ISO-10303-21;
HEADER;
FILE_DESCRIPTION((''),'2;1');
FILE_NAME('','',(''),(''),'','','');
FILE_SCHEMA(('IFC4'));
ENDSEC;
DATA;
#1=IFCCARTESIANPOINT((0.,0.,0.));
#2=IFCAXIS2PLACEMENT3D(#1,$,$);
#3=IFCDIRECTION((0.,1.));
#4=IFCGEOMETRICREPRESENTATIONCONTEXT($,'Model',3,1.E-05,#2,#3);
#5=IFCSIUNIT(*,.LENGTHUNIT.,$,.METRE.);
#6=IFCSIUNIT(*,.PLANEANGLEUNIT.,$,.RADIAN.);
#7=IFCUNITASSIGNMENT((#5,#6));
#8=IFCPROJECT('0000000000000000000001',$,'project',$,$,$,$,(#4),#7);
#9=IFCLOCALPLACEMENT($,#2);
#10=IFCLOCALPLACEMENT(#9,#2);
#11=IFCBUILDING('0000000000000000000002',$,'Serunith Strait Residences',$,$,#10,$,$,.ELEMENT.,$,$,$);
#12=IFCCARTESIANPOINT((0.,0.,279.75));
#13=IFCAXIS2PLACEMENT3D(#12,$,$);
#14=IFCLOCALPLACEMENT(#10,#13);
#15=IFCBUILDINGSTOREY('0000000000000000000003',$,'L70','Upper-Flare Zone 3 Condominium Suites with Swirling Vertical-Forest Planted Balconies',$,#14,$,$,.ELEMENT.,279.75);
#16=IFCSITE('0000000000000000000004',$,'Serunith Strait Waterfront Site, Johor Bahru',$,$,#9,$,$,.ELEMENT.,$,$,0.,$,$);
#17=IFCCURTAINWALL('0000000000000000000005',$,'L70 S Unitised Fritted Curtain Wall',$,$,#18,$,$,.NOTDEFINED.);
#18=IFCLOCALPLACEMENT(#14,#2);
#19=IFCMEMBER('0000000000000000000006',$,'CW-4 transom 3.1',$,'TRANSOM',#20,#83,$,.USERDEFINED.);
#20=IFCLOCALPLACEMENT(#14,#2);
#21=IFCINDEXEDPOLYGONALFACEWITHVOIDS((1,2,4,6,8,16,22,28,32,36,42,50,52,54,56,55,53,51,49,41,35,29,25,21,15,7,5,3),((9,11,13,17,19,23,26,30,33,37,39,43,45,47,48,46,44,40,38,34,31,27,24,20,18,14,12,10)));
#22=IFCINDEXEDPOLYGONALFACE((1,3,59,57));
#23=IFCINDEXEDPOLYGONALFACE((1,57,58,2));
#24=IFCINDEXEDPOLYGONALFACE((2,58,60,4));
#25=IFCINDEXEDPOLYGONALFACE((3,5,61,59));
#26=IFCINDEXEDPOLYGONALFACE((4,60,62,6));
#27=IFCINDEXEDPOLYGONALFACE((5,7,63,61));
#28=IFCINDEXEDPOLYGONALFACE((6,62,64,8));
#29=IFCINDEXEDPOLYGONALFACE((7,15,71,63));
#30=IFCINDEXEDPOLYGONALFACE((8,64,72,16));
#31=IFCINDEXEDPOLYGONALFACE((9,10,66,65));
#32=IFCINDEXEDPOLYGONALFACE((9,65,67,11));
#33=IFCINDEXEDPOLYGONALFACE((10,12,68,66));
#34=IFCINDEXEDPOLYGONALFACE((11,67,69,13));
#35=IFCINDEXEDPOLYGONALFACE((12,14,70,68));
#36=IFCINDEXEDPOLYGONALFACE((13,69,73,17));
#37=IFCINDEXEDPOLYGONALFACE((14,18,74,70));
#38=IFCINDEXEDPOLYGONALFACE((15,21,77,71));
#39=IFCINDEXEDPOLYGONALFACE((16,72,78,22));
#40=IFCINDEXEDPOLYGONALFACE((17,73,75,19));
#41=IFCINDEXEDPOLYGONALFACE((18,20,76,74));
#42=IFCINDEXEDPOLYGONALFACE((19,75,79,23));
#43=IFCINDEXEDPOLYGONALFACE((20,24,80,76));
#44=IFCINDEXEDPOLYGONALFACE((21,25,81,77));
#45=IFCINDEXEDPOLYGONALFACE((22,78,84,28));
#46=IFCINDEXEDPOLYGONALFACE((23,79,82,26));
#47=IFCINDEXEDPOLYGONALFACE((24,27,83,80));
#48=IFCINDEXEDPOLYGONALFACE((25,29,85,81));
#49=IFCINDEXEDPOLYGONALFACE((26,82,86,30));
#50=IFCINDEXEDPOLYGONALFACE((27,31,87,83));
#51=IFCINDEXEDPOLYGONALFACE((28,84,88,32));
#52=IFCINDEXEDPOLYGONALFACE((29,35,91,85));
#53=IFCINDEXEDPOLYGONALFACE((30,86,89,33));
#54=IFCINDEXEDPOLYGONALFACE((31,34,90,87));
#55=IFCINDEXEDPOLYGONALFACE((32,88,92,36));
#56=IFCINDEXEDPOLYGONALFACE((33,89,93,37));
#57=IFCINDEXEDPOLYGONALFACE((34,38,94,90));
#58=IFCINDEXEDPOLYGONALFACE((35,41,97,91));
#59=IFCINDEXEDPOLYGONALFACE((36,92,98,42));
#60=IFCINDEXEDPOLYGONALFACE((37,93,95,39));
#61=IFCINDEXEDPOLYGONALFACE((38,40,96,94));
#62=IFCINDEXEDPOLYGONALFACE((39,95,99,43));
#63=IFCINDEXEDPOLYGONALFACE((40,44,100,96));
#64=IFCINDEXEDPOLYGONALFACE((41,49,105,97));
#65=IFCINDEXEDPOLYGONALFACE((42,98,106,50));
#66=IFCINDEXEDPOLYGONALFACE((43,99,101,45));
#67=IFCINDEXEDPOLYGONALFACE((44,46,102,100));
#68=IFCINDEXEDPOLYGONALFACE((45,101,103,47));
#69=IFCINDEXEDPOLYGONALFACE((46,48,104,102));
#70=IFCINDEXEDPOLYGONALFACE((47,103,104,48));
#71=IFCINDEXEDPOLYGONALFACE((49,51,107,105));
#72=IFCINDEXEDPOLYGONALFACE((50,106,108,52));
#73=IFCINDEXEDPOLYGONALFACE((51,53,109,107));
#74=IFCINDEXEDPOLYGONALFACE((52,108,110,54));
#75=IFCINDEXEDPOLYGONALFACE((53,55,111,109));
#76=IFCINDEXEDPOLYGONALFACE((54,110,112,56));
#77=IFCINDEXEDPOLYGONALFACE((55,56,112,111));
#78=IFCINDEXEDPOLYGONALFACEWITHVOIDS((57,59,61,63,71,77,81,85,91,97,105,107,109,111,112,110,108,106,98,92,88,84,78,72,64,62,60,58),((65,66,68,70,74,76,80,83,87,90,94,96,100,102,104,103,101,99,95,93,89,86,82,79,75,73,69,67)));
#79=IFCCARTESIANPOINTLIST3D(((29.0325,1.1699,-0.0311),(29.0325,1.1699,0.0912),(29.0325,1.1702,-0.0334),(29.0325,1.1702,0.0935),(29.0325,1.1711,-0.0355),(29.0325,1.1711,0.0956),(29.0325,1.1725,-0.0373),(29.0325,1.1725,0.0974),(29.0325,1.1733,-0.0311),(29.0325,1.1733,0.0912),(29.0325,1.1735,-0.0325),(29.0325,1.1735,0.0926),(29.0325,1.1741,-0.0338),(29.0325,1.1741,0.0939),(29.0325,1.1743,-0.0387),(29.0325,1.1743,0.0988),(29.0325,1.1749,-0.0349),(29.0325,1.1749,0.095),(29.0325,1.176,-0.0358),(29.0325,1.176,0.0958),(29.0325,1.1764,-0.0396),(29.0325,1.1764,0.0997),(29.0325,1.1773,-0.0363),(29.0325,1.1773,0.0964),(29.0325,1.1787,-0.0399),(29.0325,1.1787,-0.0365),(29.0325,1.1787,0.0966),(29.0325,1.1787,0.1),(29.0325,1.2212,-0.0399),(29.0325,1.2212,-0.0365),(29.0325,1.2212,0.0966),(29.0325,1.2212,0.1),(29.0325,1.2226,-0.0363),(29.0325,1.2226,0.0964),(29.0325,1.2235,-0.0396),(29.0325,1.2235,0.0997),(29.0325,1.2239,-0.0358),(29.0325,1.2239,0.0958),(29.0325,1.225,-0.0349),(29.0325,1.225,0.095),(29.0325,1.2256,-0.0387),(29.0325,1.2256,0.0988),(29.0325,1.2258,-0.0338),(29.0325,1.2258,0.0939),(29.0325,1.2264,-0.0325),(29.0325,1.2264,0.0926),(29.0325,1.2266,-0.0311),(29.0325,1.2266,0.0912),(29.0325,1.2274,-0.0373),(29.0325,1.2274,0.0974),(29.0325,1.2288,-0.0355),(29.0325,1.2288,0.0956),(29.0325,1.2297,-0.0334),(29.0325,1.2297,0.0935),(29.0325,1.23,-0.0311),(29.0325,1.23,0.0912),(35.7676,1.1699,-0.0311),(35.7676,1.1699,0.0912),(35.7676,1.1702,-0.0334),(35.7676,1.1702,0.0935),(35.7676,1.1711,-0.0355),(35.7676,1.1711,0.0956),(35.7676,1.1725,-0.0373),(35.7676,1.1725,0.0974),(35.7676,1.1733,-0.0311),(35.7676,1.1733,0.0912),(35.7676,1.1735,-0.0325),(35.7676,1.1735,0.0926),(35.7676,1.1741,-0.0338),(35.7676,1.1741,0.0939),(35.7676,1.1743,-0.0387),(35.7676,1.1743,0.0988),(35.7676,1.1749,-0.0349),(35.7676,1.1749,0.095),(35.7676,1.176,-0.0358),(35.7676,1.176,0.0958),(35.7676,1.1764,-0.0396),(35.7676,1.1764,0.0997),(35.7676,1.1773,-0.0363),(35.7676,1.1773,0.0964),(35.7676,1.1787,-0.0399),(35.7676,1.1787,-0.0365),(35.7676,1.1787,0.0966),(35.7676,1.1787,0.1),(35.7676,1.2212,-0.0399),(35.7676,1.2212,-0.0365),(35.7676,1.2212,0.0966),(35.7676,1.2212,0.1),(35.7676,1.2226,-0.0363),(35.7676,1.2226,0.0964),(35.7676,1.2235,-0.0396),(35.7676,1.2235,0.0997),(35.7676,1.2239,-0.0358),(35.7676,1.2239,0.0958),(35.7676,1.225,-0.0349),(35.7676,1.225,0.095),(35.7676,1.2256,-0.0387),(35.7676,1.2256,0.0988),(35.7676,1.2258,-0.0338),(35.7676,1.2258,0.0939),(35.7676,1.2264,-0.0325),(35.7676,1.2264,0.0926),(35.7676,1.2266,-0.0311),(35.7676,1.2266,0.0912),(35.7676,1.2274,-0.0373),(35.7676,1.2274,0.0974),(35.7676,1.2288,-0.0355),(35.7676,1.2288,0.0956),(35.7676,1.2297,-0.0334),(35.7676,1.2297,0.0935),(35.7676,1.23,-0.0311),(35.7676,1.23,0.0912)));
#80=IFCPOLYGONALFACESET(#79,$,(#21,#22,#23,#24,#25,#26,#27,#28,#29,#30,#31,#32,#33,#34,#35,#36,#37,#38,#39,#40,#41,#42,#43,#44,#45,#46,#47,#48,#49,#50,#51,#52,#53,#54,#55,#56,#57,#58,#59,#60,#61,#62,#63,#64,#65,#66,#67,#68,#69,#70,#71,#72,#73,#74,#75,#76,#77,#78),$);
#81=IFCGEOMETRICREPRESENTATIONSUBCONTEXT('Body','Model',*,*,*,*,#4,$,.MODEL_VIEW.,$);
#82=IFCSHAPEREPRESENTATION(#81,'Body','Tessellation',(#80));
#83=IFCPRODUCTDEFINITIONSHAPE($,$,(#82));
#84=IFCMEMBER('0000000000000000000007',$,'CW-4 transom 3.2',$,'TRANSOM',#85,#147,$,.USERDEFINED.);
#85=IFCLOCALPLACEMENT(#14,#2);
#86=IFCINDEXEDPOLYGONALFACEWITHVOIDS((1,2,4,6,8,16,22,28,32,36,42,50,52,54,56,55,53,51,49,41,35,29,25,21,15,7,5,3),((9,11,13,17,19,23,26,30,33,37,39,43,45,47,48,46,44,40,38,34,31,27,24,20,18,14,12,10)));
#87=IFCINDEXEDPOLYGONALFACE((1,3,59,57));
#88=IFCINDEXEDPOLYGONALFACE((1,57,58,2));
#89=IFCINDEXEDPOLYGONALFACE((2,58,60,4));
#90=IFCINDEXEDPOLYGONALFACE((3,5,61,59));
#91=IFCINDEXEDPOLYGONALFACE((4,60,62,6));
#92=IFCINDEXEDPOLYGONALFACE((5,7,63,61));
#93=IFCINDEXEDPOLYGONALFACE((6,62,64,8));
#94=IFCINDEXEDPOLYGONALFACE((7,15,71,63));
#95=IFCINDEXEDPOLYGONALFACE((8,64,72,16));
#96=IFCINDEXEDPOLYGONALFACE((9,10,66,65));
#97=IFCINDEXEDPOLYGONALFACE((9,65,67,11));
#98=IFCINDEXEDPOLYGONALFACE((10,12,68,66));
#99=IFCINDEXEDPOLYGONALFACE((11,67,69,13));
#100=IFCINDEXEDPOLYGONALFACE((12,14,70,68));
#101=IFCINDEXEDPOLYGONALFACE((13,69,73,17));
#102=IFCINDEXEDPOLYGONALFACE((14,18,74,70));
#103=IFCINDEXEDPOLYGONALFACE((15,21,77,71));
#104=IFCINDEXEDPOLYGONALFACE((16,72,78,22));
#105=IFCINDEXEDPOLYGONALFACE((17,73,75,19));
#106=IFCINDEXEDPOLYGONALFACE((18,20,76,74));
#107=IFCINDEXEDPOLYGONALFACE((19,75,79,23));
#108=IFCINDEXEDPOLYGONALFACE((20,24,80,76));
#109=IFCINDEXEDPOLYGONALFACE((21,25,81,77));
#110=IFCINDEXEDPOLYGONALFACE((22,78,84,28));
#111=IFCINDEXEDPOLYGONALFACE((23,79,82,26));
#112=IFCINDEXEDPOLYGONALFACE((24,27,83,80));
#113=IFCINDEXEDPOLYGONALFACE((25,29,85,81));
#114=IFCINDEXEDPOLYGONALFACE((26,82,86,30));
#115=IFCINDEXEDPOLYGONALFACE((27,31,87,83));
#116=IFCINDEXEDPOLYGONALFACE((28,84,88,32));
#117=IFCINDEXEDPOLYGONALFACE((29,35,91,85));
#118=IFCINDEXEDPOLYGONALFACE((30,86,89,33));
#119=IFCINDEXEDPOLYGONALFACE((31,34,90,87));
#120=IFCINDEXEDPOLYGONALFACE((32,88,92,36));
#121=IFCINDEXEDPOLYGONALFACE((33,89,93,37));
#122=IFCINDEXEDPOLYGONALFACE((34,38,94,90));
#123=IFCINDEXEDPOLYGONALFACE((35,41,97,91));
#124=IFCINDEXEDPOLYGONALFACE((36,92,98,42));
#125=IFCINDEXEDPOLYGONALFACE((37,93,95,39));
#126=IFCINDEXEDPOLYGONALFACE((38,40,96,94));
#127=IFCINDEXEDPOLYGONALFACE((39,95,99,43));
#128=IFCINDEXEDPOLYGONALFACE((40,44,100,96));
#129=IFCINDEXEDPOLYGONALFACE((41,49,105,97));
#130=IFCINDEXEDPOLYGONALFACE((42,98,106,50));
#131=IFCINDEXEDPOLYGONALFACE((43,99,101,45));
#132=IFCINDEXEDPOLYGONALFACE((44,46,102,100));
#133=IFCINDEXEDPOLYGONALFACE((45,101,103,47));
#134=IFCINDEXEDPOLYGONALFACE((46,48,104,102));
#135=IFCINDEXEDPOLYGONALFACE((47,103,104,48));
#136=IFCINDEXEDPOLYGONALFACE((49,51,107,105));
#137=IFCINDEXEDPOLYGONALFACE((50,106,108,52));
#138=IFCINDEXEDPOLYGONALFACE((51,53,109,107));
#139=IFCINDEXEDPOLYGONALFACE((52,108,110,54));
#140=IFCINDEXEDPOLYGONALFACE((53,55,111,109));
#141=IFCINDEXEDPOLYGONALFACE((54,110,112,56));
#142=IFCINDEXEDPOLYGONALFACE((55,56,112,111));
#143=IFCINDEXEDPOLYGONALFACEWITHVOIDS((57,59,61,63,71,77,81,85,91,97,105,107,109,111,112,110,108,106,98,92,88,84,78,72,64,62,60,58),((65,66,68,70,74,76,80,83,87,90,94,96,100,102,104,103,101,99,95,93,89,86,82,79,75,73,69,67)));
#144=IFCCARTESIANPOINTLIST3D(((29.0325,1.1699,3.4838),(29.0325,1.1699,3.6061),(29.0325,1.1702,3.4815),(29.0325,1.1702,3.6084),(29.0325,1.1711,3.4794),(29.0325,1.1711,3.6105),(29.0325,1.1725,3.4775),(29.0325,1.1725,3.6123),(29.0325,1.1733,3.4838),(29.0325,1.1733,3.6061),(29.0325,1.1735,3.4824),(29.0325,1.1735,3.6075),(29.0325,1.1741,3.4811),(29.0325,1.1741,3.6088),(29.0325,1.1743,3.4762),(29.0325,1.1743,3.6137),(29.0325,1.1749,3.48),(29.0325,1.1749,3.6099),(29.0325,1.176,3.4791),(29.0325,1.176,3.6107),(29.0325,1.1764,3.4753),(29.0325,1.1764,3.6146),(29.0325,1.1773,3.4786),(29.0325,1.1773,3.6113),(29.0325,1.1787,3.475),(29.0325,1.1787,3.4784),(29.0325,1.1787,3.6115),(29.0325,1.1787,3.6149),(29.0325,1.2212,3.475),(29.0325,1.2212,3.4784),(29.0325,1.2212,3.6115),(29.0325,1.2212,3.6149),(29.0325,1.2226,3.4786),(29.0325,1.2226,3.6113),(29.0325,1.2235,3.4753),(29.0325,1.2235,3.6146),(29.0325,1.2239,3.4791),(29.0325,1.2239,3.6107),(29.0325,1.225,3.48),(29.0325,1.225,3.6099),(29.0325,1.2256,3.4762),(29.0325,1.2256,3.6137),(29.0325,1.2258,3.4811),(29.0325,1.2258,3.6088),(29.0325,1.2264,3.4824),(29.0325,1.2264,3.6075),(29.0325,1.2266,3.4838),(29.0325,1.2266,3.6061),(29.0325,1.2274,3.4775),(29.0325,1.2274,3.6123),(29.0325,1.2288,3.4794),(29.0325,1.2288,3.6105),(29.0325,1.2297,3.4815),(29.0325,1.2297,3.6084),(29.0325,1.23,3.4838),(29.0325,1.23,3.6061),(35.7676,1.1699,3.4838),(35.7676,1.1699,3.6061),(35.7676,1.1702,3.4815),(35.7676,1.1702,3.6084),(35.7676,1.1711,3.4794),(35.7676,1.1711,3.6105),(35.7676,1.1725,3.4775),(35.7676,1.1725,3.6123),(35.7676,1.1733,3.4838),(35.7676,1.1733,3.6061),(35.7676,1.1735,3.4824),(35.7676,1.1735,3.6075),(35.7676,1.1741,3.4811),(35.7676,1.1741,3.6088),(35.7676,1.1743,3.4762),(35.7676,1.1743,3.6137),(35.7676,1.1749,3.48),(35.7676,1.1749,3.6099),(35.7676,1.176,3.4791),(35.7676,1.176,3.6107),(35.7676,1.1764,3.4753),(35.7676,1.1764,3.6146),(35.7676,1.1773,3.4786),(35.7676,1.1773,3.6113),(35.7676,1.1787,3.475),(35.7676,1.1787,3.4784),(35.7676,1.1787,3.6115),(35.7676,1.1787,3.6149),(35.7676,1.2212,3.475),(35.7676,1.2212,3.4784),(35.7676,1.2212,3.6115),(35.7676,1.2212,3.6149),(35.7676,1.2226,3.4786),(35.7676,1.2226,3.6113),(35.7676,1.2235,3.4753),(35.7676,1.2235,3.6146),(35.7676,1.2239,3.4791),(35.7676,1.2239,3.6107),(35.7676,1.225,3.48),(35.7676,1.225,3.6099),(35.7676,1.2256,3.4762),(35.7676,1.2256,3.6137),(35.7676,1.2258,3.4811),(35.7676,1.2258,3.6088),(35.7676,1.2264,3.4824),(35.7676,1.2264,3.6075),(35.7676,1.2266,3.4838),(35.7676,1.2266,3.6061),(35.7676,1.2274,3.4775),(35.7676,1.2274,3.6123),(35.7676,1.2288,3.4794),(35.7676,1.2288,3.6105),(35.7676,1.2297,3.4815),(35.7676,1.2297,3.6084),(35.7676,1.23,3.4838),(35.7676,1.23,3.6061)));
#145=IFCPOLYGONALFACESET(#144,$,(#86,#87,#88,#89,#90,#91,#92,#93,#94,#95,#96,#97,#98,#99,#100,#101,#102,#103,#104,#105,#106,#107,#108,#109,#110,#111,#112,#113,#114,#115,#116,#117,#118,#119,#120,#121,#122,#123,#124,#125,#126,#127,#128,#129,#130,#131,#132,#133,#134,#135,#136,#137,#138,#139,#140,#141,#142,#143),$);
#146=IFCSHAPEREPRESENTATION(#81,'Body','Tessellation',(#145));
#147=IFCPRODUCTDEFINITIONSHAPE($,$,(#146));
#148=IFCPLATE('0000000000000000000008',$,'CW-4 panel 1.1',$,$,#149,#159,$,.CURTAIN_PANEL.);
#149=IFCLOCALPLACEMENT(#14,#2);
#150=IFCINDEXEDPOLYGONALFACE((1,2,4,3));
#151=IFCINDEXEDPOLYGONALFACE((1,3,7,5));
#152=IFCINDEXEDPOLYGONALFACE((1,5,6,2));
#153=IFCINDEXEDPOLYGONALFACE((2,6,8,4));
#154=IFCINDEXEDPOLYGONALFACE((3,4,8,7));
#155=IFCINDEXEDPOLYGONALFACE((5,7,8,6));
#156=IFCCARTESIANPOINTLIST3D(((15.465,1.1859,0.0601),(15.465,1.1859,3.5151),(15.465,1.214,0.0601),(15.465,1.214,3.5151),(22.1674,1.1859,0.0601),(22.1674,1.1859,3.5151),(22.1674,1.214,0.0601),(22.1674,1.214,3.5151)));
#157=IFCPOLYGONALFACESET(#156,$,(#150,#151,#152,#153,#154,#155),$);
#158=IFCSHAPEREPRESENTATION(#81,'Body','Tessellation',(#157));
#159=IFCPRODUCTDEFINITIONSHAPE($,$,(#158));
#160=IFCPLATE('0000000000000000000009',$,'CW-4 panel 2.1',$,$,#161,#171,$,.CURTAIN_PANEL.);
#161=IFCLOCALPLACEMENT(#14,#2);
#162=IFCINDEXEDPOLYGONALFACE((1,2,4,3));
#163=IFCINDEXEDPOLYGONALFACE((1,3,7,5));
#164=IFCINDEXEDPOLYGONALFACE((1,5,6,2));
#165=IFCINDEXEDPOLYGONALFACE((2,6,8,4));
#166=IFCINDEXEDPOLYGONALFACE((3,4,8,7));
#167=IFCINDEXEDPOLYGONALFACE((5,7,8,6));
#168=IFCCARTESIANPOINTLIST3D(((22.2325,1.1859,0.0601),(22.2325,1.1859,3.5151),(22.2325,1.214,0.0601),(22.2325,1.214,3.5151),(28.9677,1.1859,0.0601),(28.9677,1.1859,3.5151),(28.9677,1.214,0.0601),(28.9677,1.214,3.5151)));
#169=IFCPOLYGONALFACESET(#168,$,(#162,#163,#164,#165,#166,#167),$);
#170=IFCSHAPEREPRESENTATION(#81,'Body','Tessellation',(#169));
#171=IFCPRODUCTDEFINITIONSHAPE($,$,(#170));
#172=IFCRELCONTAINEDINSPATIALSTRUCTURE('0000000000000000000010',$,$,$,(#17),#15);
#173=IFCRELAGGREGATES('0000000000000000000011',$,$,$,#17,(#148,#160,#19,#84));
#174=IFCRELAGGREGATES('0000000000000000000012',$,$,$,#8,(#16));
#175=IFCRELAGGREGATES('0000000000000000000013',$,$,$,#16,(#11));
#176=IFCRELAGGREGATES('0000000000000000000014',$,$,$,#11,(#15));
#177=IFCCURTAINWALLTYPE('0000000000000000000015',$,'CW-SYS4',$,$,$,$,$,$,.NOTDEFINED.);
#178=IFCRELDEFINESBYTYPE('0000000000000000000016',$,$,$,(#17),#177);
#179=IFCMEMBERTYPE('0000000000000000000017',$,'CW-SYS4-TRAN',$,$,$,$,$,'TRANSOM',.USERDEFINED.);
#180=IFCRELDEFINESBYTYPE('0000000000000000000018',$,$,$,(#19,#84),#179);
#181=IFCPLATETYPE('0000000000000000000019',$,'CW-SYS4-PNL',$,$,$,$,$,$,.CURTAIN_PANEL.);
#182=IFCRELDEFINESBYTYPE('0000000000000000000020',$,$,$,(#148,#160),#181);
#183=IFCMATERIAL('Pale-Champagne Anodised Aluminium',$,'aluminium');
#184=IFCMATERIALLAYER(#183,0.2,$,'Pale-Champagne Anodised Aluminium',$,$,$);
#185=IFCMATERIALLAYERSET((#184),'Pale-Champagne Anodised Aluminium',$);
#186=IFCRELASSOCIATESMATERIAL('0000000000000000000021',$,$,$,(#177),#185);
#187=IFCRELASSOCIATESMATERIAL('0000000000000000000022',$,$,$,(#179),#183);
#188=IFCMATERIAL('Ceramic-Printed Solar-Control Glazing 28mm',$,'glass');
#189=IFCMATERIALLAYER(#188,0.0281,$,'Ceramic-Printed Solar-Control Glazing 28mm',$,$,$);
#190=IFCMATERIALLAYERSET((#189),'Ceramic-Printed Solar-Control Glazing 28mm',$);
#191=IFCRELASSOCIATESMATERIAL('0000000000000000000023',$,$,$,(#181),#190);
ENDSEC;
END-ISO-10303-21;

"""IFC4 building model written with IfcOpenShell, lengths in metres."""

from ifc_helpers import new_model, si_unit, direction, frame, origin, origin_2d, place, context, subcontext, project, spatial, rectangle, hollow_rectangle, extrude, source, transform, mapped, material, layer, layer_set, material_profile, profile_set, type_object, element, aggregate, save


model = new_model("IFC4")

# Units and contexts
model_context = context("Model", 3, precision=1e-05, world=origin(), true_north=direction((0.0, 1.0)))
body_context = subcontext(model_context, "Body", "Model", "MODEL_VIEW")
ifc_project = project(units=[si_unit("LENGTHUNIT", "METRE"), si_unit("PLANEANGLEUNIT", "RADIAN")], contexts=[model_context])

# Site, building, storey
site_placement = place(None, origin())
site = spatial("IfcSite", under=ifc_project, at=site_placement, Name="Serunith Strait Waterfront Site, Johor Bahru", CompositionType="ELEMENT", RefElevation=0.0)
building_placement = place(site_placement, origin())
building = spatial("IfcBuilding", under=site, at=building_placement, Name="Serunith Strait Residences", CompositionType="ELEMENT")
storey_placement = place(building_placement, frame((0.0, 0.0, 279.75)))
storey = spatial("IfcBuildingStorey", under=building, at=storey_placement, Name="L70", Description="Upper-Flare Zone 3 Condominium Suites with Swirling Vertical-Forest Planted Balconies", CompositionType="ELEMENT", Elevation=279.75)

# Curtain wall, members, plates
ifc_material_1 = material(Name="Pale-Champagne Anodised Aluminium", Category="aluminium")
ifc_layer_1 = layer(ifc_material_1, 0.2, Name="Pale-Champagne Anodised Aluminium")
ifc_layer_set_1 = layer_set([ifc_layer_1], Name="Pale-Champagne Anodised Aluminium")
curtain_wall_type = type_object("IfcCurtainWallType", Name="CW-SYS4", PredefinedType="NOTDEFINED", material=ifc_layer_set_1)
curtain_wall_placement = place(storey_placement, origin())
curtain_wall = element("IfcCurtainWall", 1, at=curtain_wall_placement, inside=storey, type_object=curtain_wall_type, Name="L70 S Unitised Fritted Curtain Wall", PredefinedType="NOTDEFINED")
ifc_material_profile_1 = material_profile(ifc_material_1, hollow_rectangle(XDim=0.0601, YDim=0.1399, WallThickness=0.0034, InnerFilletRadius=0.0054, OuterFilletRadius=0.0088, at=origin_2d()), Name="ALU 140x60x3.5")
ifc_profile_set_1 = profile_set([ifc_material_profile_1], Name="Pale-Champagne Anodised Aluminium")
member_type_1 = type_object("IfcMemberType", Name="CW-SYS4-TRAN", ElementType="TRANSOM", PredefinedType="USERDEFINED", material=ifc_profile_set_1)
shared_shape_1 = source(origin(), body_context, "Body", "SweptSolid", [
    extrude(hollow_rectangle(XDim=0.0601, YDim=0.1399, WallThickness=0.0034, InnerFilletRadius=0.0054, OuterFilletRadius=0.0088, at=origin_2d()), origin(), (0.0, 0.0, 1.0), 6.7351),
])
member_1_placement = place(storey_placement, frame((29.0325, 1.2, 0.03), z_axis=(1.0, 0.0, 0.0), x_axis=(0.0, 1.0, 0.0)))
member_1 = element("IfcMember", 2, at=member_1_placement, type_object=member_type_1, Name="CW-4 transom 3.1", ObjectType="TRANSOM", PredefinedType="USERDEFINED", context=body_context, shape_type="MappedRepresentation", body=[
    mapped(shared_shape_1, transform((0.0, 0.0, 0.0), scale=1.0)),
])
member_2_placement = place(storey_placement, frame((29.0325, 1.2, 3.5449), z_axis=(1.0, 0.0, 0.0), x_axis=(0.0, 1.0, 0.0)))
member_2 = element("IfcMember", 3, at=member_2_placement, type_object=member_type_1, Name="CW-4 transom 3.2", ObjectType="TRANSOM", PredefinedType="USERDEFINED", context=body_context, shape_type="MappedRepresentation", body=[
    mapped(shared_shape_1, transform((0.0, 0.0, 0.0), scale=1.0)),
])
ifc_material_2 = material(Name="Ceramic-Printed Solar-Control Glazing 28mm", Category="glass")
ifc_layer_2 = layer(ifc_material_2, 0.0281, Name="Ceramic-Printed Solar-Control Glazing 28mm")
ifc_layer_set_2 = layer_set([ifc_layer_2], Name="Ceramic-Printed Solar-Control Glazing 28mm")
plate_type = type_object("IfcPlateType", Name="CW-SYS4-PNL", PredefinedType="CURTAIN_PANEL", material=ifc_layer_set_2)
shared_shape_2 = source(origin(), body_context, "Body", "SweptSolid", [
    extrude(rectangle(XDim=6.7024, YDim=0.0281, at=origin_2d()), origin(), (0.0, 0.0, 1.0), 3.4551),
])
plate_1_placement = place(storey_placement, frame((18.8162, 1.2, 0.0601), z_axis=(0.0, 0.0, 1.0), x_axis=(1.0, 0.0, 0.0)))
plate_1 = element("IfcPlate", 4, at=plate_1_placement, type_object=plate_type, Name="CW-4 panel 1.1", PredefinedType="CURTAIN_PANEL", context=body_context, shape_type="MappedRepresentation", body=[
    mapped(shared_shape_2, transform((0.0, 0.0, 0.0), scale=1.0)),
])
shared_shape_3 = source(origin(), body_context, "Body", "SweptSolid", [
    extrude(rectangle(XDim=6.7351, YDim=0.0281, at=origin_2d()), origin(), (0.0, 0.0, 1.0), 3.4551),
])
plate_2_placement = place(storey_placement, frame((25.6001, 1.2, 0.0601), z_axis=(0.0, 0.0, 1.0), x_axis=(1.0, 0.0, 0.0)))
plate_2 = element("IfcPlate", 5, at=plate_2_placement, type_object=plate_type, Name="CW-4 panel 2.1", PredefinedType="CURTAIN_PANEL", context=body_context, shape_type="MappedRepresentation", body=[
    mapped(shared_shape_3, transform((0.0, 0.0, 0.0), scale=1.0)),
])
aggregate(curtain_wall, [plate_1, plate_2, member_1, member_2])

save(model, "model.ifc")
